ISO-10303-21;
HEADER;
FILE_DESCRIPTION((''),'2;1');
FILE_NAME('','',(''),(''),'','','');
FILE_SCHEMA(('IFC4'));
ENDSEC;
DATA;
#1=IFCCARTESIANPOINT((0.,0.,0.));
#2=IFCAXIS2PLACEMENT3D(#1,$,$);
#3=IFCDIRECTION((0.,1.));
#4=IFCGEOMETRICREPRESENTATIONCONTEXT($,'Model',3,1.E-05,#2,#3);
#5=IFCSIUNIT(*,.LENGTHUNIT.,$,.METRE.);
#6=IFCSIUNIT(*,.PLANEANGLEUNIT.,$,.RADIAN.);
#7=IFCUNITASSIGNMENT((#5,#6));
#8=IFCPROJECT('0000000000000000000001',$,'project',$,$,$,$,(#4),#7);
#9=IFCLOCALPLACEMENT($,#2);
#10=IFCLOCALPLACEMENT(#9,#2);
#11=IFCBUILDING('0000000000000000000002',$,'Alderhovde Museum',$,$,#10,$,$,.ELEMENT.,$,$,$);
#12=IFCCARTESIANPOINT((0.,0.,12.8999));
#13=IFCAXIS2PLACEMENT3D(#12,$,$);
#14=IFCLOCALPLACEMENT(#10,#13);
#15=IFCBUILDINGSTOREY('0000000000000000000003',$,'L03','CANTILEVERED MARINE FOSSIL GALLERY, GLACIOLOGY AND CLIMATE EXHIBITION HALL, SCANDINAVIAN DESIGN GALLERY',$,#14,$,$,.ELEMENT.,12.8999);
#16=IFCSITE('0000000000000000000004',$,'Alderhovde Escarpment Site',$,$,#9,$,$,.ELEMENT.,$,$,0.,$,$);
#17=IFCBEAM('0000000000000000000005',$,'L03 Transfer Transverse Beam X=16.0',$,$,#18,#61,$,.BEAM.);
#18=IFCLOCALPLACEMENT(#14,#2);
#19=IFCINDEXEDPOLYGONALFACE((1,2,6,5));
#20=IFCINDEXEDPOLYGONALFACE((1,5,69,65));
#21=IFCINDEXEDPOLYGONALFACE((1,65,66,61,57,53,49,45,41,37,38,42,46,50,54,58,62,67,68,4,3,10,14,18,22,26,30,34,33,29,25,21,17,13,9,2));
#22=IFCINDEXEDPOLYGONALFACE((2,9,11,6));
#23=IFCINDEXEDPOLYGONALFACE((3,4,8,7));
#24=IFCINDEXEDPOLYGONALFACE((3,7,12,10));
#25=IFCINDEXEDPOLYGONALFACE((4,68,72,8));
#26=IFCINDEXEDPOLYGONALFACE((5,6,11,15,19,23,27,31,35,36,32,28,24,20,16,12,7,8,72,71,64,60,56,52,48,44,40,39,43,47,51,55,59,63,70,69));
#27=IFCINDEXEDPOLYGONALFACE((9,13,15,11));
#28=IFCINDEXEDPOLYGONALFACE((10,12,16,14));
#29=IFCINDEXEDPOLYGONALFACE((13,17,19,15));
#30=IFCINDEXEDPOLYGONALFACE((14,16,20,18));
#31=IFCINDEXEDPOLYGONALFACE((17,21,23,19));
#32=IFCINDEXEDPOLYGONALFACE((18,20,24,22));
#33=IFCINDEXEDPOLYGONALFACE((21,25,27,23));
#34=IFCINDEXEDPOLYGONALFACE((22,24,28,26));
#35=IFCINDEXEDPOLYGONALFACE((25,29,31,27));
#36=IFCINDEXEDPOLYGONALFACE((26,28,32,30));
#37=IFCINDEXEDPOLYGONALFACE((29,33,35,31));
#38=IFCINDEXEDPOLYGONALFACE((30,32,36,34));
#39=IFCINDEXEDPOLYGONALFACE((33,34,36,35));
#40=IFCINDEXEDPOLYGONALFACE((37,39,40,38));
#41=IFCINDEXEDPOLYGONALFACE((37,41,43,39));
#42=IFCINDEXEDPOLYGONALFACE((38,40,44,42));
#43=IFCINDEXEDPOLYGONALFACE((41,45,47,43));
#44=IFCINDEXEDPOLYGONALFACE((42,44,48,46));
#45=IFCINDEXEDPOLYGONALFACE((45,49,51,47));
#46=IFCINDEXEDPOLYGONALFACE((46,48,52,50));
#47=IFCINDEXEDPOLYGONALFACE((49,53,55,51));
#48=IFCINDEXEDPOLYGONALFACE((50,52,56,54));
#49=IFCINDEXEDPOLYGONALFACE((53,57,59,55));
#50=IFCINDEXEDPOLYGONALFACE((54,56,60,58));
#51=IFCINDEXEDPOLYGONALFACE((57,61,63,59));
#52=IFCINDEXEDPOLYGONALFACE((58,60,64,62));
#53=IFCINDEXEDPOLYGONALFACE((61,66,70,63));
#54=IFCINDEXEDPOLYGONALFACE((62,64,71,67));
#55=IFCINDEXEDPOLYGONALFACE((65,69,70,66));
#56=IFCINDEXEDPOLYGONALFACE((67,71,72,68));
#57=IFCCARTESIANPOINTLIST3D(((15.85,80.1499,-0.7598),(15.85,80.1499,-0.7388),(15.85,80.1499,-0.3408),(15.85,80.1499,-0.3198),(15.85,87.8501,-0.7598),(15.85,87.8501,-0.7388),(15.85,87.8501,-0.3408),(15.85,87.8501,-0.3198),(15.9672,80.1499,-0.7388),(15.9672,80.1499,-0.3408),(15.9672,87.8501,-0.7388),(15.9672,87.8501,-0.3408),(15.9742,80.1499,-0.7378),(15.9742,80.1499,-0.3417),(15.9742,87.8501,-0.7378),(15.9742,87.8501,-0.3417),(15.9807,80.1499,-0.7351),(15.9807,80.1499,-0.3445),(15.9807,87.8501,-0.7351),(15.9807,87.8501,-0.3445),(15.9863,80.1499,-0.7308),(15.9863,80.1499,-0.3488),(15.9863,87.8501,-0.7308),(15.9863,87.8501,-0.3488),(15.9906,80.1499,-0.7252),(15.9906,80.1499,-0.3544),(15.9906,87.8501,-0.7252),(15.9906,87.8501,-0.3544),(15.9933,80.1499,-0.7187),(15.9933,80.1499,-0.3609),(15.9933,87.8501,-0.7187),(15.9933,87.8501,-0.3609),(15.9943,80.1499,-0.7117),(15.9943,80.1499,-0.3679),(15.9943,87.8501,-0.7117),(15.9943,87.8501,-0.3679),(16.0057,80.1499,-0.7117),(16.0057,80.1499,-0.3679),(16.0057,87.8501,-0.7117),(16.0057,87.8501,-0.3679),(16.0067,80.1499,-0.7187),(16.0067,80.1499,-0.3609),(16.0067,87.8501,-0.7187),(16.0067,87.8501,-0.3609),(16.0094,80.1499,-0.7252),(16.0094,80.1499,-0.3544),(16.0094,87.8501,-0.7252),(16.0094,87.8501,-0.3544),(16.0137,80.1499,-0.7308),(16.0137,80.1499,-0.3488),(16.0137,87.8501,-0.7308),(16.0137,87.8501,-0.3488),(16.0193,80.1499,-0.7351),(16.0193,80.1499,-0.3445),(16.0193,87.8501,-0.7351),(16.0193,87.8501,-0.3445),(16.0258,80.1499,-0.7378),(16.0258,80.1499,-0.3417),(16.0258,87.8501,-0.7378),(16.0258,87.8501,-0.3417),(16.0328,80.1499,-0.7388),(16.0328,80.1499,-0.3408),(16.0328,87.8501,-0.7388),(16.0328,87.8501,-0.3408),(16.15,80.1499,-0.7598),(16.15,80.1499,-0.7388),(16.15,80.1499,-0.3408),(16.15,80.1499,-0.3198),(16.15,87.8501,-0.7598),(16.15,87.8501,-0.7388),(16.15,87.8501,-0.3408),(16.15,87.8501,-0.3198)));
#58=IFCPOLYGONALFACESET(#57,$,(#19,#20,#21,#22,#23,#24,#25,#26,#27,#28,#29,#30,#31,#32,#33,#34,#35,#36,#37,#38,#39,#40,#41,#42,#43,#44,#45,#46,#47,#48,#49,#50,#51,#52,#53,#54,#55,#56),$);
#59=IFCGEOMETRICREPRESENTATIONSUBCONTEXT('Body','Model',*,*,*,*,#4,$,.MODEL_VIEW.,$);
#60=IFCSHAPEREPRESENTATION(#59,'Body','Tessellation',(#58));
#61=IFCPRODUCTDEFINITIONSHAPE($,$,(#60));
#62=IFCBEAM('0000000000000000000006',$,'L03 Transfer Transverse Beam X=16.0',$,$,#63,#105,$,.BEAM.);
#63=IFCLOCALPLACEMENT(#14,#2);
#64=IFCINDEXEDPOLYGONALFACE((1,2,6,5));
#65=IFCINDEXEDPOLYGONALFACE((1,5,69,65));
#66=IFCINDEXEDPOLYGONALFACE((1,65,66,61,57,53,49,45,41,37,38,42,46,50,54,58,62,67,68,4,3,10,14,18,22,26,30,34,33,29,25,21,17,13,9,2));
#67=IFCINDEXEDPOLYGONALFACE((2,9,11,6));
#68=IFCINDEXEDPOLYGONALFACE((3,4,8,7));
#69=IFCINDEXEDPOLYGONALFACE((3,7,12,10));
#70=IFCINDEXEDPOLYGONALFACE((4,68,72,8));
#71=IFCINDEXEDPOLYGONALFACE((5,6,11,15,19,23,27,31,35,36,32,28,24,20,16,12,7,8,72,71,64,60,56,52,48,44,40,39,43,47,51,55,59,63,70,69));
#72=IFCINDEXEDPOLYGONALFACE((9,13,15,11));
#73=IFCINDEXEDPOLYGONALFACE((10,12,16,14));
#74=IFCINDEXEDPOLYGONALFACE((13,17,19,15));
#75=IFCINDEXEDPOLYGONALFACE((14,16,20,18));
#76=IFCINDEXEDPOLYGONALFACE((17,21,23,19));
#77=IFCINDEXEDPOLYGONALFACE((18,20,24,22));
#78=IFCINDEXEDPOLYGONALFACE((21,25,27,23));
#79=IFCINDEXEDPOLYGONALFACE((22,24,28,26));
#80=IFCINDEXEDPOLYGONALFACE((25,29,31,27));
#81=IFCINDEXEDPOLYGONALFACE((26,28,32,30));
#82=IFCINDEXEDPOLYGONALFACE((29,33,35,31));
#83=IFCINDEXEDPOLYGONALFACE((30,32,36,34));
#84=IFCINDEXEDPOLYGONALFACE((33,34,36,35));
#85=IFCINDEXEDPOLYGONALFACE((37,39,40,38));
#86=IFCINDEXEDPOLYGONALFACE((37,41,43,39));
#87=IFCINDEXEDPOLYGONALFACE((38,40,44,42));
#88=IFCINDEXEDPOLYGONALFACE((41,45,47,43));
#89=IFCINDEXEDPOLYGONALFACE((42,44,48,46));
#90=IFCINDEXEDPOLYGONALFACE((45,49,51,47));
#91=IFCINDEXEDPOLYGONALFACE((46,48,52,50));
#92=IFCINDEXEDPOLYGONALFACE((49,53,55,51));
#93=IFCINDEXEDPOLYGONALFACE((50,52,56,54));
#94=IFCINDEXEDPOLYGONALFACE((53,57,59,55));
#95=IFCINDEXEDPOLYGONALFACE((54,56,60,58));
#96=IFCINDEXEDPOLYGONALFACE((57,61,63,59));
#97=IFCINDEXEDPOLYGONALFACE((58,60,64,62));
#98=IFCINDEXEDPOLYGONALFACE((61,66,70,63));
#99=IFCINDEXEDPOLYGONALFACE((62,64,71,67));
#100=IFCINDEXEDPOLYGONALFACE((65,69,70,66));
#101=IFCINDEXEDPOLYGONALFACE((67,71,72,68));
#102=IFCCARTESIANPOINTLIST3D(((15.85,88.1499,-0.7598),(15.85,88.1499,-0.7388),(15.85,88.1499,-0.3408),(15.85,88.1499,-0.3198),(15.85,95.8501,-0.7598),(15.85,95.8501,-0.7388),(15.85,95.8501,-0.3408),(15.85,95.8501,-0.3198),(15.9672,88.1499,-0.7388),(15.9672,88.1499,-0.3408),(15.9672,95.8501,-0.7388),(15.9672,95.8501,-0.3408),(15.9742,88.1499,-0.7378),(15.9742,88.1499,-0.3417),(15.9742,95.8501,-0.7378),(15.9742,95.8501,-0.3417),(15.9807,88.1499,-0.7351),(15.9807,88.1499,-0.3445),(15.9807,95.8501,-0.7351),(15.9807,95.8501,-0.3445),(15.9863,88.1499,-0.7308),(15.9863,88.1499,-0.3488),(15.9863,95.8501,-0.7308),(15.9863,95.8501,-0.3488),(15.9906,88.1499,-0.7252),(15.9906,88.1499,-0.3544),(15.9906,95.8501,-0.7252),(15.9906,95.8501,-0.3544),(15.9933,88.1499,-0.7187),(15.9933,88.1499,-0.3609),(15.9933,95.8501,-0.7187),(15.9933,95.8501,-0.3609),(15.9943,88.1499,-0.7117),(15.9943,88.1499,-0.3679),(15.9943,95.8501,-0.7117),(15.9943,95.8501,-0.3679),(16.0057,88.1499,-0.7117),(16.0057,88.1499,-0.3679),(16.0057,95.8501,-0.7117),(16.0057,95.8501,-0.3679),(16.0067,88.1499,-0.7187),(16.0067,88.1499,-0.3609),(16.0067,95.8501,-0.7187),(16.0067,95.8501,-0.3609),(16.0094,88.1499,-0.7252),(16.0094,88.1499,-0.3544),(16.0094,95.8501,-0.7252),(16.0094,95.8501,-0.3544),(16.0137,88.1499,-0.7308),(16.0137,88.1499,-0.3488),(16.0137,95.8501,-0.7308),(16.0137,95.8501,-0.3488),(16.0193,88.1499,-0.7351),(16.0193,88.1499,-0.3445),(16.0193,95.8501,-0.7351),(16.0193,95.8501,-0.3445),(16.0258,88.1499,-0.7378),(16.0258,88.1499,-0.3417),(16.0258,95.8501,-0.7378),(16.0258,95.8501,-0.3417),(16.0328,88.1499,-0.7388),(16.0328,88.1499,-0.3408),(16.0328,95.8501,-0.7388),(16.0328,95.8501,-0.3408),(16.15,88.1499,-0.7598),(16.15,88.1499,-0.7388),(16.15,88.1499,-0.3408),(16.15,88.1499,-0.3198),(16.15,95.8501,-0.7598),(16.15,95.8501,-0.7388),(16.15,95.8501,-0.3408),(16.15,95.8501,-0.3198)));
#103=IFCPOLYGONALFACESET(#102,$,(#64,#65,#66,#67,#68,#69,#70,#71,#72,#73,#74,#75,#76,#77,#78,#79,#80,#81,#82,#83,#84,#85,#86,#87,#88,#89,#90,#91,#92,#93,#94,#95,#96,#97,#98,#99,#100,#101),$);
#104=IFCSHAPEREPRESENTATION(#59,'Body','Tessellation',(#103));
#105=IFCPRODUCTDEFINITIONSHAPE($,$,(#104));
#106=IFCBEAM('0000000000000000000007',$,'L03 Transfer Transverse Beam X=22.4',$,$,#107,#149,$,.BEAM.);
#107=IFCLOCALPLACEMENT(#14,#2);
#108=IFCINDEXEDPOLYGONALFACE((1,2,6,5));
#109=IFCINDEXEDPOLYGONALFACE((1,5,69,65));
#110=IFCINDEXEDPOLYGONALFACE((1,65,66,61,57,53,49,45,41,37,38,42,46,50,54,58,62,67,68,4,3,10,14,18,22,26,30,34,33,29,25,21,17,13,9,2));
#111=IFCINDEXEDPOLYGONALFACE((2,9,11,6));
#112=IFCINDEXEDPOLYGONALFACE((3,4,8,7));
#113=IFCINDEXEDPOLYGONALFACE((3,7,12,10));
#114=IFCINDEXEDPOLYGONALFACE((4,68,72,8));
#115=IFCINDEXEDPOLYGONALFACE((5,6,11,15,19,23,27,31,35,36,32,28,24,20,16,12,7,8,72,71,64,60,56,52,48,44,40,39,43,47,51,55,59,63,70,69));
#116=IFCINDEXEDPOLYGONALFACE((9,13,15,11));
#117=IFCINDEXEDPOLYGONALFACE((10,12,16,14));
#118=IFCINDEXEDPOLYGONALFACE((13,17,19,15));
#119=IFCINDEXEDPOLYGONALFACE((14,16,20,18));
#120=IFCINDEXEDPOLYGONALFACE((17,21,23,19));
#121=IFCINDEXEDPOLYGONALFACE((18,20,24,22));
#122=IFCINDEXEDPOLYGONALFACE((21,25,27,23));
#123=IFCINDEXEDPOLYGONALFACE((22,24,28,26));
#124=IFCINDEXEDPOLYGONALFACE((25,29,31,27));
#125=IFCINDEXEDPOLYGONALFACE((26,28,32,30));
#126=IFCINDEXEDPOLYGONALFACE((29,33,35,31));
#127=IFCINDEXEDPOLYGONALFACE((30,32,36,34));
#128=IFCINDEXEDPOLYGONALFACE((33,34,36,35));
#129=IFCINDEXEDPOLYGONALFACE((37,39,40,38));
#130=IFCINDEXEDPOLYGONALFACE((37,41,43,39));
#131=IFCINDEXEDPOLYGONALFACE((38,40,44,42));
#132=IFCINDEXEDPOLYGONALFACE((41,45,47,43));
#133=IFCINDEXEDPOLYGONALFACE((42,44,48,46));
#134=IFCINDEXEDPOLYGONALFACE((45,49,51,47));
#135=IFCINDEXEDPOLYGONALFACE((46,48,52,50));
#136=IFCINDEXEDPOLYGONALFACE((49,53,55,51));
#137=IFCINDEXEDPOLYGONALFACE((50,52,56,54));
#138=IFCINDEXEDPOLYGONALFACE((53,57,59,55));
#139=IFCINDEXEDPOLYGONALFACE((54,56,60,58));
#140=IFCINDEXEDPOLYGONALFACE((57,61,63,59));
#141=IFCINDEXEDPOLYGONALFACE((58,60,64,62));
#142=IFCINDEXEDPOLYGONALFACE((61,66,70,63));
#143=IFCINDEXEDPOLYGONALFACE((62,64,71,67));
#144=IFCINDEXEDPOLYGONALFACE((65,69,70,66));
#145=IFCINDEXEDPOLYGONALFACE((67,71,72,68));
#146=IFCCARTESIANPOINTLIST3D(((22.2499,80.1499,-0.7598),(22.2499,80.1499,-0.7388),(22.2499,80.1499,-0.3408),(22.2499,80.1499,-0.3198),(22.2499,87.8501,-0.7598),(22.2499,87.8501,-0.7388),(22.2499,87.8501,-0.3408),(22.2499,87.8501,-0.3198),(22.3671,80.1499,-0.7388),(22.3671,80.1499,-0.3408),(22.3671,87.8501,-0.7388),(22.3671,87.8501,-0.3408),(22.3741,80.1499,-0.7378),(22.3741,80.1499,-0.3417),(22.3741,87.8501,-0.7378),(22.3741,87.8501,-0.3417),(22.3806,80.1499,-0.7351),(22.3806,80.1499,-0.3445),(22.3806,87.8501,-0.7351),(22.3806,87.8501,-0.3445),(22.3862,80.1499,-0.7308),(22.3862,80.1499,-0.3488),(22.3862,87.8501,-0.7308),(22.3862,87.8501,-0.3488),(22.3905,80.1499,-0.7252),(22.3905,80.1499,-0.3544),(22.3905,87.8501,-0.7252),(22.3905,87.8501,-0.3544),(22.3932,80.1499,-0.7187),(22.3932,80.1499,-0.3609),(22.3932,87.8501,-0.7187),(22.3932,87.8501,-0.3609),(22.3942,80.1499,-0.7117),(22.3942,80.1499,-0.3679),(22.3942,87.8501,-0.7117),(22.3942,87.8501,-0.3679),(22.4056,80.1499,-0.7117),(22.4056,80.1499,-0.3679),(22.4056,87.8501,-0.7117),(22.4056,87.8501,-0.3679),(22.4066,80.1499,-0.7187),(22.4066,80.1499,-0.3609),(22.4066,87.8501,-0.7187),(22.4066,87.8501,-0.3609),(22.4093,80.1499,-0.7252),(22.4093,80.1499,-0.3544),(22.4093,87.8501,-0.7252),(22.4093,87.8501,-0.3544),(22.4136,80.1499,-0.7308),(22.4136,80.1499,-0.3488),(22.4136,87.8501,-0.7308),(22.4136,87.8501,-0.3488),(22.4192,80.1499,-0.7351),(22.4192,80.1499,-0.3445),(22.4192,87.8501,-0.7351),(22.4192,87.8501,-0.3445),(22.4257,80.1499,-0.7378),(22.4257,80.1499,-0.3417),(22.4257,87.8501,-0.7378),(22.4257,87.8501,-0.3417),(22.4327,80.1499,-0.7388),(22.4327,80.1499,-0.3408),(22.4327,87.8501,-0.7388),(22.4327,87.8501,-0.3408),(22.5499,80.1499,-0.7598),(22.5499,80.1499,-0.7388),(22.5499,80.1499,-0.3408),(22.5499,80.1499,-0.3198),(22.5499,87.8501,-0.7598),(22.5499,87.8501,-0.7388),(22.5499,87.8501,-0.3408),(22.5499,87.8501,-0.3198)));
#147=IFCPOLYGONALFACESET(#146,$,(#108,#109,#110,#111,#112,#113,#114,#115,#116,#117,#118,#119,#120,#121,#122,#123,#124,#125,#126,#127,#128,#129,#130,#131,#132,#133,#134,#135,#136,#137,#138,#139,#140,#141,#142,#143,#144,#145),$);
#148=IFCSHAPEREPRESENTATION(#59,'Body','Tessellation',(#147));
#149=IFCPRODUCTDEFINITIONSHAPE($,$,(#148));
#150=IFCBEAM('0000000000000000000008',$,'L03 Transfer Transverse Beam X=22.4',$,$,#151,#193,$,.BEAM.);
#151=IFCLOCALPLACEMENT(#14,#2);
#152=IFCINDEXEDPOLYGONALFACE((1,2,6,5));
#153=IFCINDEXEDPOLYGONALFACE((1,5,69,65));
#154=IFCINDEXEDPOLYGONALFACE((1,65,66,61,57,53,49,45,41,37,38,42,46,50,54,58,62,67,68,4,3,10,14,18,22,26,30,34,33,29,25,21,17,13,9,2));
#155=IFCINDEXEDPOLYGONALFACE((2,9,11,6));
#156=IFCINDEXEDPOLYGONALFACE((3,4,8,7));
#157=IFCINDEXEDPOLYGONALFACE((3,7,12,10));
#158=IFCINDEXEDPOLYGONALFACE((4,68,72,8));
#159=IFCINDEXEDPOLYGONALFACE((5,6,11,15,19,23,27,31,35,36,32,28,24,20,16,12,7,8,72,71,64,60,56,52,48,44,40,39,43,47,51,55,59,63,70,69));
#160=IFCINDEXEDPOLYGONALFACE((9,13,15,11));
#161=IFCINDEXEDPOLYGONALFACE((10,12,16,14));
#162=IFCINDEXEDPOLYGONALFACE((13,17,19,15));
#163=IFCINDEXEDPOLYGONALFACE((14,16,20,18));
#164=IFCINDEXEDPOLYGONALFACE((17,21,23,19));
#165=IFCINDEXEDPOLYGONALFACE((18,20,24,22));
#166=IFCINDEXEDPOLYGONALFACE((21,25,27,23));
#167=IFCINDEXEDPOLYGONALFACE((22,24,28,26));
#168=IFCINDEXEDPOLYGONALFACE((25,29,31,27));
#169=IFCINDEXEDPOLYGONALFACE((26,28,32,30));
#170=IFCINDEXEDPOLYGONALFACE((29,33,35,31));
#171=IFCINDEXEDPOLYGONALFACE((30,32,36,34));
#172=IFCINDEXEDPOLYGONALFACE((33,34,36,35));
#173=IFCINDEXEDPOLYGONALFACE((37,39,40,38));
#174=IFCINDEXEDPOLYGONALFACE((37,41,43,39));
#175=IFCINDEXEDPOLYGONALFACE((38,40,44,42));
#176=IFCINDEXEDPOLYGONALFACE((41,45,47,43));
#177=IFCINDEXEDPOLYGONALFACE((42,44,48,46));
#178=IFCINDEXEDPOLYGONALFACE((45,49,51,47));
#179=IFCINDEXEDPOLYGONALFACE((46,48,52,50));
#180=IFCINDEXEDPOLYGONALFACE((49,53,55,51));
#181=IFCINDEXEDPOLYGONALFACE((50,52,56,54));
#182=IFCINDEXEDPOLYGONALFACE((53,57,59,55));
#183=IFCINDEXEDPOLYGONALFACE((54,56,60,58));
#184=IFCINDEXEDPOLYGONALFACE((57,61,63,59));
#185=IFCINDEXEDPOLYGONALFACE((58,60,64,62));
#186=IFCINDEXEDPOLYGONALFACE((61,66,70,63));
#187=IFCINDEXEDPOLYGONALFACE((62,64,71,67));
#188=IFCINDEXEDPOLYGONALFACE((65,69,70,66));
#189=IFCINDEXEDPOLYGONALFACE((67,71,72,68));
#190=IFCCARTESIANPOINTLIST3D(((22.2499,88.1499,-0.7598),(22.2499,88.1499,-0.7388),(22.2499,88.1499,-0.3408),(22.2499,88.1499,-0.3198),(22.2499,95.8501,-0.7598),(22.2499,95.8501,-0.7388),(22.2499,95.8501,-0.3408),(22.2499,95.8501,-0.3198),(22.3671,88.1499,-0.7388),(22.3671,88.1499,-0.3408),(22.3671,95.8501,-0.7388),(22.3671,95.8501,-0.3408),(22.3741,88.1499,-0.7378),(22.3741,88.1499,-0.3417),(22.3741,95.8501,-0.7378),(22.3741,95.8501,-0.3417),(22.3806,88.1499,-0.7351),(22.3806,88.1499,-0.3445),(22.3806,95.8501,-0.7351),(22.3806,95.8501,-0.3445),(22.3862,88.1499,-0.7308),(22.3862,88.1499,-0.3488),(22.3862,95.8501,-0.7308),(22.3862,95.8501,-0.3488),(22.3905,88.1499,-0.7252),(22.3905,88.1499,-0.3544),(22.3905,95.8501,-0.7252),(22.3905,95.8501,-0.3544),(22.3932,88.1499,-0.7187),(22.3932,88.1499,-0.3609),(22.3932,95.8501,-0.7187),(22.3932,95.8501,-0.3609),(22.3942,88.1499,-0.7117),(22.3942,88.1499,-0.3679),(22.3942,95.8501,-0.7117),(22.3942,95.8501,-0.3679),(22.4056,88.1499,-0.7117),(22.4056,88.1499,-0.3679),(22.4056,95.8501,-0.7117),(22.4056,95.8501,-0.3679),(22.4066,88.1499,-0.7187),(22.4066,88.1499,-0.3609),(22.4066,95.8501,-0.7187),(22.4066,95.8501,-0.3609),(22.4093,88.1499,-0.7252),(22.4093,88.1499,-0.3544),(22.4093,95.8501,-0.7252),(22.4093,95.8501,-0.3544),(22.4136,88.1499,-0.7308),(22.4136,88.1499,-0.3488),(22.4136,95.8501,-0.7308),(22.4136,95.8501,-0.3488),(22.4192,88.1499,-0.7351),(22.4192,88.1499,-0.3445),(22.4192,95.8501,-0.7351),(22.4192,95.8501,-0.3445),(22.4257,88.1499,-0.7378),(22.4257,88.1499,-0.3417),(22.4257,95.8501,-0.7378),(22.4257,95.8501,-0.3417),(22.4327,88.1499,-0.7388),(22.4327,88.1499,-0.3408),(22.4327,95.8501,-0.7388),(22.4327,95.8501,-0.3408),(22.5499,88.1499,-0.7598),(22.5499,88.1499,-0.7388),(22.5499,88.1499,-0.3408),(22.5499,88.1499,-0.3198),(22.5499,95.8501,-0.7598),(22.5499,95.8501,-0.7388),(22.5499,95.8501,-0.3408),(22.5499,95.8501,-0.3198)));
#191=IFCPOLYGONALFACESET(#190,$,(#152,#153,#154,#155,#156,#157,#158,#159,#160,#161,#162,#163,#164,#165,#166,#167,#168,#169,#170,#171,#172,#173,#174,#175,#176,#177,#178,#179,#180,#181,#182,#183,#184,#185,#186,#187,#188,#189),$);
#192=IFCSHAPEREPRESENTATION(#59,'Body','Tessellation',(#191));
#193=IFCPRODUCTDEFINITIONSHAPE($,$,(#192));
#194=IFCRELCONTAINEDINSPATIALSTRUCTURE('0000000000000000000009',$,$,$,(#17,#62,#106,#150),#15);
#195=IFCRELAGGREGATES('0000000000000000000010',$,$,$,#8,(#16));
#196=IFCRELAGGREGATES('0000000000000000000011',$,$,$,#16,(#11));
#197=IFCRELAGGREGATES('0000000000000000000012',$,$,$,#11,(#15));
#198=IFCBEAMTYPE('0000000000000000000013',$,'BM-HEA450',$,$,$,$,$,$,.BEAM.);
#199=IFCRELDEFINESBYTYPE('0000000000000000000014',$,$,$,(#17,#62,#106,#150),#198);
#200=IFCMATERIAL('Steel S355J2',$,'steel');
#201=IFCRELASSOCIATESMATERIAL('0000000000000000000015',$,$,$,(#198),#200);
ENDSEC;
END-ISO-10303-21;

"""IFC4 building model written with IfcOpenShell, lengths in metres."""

from ifc_helpers import new_model, si_unit, direction, frame, origin, origin_2d, place, context, subcontext, project, spatial, i_section, extrude, material, material_profile, profile_set, type_object, element, save


model = new_model("IFC4")

# Units and contexts
model_context = context("Model", 3, precision=1e-05, world=origin(), true_north=direction((0.0, 1.0)))
body_context = subcontext(model_context, "Body", "Model", "MODEL_VIEW")
ifc_project = project(units=[si_unit("LENGTHUNIT", "METRE"), si_unit("PLANEANGLEUNIT", "RADIAN")], contexts=[model_context])

# Site, building, storey
site_placement = place(None, origin())
site = spatial("IfcSite", under=ifc_project, at=site_placement, Name="Alderhovde Escarpment Site", CompositionType="ELEMENT", RefElevation=0.0)
building_placement = place(site_placement, origin())
building = spatial("IfcBuilding", under=site, at=building_placement, Name="Alderhovde Museum", CompositionType="ELEMENT")
storey_placement = place(building_placement, frame((0.0, 0.0, 12.8999)))
storey = spatial("IfcBuildingStorey", under=building, at=storey_placement, Name="L03", Description="CANTILEVERED MARINE FOSSIL GALLERY, GLACIOLOGY AND CLIMATE EXHIBITION HALL, SCANDINAVIAN DESIGN GALLERY", CompositionType="ELEMENT", Elevation=12.8999)

# Beams
ifc_material_1 = material(Name="Steel S355J2", Category="steel")
ifc_material_profile_1 = material_profile(ifc_material_1, i_section(OverallWidth=0.3, OverallDepth=0.4399, WebThickness=0.0115, FlangeThickness=0.021, FilletRadius=0.0271, at=origin_2d()), Name="HEA 450")
ifc_profile_set_1 = profile_set([ifc_material_profile_1], Name="Steel S355J2")
beam_type_1 = type_object("IfcBeamType", Name="BM-HEA450", PredefinedType="BEAM", material=ifc_profile_set_1)
for number, where, z_axis, x_axis, name in (
    (1, (16.0, 80.1499, -0.5398), (0.0, 1.0, 0.0), (-1.0, 0.0, 0.0), "L03 Transfer Transverse Beam X=16.0"),
    (2, (16.0, 88.1499, -0.5398), (0.0, 1.0, 0.0), (-1.0, 0.0, 0.0), "L03 Transfer Transverse Beam X=16.0"),
    (3, (22.3999, 80.1499, -0.5398), (0.0, 1.0, 0.0), (-1.0, 0.0, 0.0), "L03 Transfer Transverse Beam X=22.4"),
    (4, (22.3999, 88.1499, -0.5398), (0.0, 1.0, 0.0), (-1.0, 0.0, 0.0), "L03 Transfer Transverse Beam X=22.4"),
):
    element("IfcBeam", number, at=place(storey_placement, frame(where, z_axis=z_axis, x_axis=x_axis)), inside=storey, type_object=beam_type_1, Name=name, PredefinedType="BEAM", context=body_context, shape_type="SweptSolid", body=[
        extrude(i_section(OverallWidth=0.3, OverallDepth=0.4399, WebThickness=0.0115, FlangeThickness=0.021, FilletRadius=0.0271, at=origin_2d()), origin(), (0.0, 0.0, 1.0), 7.7002),
    ])

save(model, "model.ifc")
